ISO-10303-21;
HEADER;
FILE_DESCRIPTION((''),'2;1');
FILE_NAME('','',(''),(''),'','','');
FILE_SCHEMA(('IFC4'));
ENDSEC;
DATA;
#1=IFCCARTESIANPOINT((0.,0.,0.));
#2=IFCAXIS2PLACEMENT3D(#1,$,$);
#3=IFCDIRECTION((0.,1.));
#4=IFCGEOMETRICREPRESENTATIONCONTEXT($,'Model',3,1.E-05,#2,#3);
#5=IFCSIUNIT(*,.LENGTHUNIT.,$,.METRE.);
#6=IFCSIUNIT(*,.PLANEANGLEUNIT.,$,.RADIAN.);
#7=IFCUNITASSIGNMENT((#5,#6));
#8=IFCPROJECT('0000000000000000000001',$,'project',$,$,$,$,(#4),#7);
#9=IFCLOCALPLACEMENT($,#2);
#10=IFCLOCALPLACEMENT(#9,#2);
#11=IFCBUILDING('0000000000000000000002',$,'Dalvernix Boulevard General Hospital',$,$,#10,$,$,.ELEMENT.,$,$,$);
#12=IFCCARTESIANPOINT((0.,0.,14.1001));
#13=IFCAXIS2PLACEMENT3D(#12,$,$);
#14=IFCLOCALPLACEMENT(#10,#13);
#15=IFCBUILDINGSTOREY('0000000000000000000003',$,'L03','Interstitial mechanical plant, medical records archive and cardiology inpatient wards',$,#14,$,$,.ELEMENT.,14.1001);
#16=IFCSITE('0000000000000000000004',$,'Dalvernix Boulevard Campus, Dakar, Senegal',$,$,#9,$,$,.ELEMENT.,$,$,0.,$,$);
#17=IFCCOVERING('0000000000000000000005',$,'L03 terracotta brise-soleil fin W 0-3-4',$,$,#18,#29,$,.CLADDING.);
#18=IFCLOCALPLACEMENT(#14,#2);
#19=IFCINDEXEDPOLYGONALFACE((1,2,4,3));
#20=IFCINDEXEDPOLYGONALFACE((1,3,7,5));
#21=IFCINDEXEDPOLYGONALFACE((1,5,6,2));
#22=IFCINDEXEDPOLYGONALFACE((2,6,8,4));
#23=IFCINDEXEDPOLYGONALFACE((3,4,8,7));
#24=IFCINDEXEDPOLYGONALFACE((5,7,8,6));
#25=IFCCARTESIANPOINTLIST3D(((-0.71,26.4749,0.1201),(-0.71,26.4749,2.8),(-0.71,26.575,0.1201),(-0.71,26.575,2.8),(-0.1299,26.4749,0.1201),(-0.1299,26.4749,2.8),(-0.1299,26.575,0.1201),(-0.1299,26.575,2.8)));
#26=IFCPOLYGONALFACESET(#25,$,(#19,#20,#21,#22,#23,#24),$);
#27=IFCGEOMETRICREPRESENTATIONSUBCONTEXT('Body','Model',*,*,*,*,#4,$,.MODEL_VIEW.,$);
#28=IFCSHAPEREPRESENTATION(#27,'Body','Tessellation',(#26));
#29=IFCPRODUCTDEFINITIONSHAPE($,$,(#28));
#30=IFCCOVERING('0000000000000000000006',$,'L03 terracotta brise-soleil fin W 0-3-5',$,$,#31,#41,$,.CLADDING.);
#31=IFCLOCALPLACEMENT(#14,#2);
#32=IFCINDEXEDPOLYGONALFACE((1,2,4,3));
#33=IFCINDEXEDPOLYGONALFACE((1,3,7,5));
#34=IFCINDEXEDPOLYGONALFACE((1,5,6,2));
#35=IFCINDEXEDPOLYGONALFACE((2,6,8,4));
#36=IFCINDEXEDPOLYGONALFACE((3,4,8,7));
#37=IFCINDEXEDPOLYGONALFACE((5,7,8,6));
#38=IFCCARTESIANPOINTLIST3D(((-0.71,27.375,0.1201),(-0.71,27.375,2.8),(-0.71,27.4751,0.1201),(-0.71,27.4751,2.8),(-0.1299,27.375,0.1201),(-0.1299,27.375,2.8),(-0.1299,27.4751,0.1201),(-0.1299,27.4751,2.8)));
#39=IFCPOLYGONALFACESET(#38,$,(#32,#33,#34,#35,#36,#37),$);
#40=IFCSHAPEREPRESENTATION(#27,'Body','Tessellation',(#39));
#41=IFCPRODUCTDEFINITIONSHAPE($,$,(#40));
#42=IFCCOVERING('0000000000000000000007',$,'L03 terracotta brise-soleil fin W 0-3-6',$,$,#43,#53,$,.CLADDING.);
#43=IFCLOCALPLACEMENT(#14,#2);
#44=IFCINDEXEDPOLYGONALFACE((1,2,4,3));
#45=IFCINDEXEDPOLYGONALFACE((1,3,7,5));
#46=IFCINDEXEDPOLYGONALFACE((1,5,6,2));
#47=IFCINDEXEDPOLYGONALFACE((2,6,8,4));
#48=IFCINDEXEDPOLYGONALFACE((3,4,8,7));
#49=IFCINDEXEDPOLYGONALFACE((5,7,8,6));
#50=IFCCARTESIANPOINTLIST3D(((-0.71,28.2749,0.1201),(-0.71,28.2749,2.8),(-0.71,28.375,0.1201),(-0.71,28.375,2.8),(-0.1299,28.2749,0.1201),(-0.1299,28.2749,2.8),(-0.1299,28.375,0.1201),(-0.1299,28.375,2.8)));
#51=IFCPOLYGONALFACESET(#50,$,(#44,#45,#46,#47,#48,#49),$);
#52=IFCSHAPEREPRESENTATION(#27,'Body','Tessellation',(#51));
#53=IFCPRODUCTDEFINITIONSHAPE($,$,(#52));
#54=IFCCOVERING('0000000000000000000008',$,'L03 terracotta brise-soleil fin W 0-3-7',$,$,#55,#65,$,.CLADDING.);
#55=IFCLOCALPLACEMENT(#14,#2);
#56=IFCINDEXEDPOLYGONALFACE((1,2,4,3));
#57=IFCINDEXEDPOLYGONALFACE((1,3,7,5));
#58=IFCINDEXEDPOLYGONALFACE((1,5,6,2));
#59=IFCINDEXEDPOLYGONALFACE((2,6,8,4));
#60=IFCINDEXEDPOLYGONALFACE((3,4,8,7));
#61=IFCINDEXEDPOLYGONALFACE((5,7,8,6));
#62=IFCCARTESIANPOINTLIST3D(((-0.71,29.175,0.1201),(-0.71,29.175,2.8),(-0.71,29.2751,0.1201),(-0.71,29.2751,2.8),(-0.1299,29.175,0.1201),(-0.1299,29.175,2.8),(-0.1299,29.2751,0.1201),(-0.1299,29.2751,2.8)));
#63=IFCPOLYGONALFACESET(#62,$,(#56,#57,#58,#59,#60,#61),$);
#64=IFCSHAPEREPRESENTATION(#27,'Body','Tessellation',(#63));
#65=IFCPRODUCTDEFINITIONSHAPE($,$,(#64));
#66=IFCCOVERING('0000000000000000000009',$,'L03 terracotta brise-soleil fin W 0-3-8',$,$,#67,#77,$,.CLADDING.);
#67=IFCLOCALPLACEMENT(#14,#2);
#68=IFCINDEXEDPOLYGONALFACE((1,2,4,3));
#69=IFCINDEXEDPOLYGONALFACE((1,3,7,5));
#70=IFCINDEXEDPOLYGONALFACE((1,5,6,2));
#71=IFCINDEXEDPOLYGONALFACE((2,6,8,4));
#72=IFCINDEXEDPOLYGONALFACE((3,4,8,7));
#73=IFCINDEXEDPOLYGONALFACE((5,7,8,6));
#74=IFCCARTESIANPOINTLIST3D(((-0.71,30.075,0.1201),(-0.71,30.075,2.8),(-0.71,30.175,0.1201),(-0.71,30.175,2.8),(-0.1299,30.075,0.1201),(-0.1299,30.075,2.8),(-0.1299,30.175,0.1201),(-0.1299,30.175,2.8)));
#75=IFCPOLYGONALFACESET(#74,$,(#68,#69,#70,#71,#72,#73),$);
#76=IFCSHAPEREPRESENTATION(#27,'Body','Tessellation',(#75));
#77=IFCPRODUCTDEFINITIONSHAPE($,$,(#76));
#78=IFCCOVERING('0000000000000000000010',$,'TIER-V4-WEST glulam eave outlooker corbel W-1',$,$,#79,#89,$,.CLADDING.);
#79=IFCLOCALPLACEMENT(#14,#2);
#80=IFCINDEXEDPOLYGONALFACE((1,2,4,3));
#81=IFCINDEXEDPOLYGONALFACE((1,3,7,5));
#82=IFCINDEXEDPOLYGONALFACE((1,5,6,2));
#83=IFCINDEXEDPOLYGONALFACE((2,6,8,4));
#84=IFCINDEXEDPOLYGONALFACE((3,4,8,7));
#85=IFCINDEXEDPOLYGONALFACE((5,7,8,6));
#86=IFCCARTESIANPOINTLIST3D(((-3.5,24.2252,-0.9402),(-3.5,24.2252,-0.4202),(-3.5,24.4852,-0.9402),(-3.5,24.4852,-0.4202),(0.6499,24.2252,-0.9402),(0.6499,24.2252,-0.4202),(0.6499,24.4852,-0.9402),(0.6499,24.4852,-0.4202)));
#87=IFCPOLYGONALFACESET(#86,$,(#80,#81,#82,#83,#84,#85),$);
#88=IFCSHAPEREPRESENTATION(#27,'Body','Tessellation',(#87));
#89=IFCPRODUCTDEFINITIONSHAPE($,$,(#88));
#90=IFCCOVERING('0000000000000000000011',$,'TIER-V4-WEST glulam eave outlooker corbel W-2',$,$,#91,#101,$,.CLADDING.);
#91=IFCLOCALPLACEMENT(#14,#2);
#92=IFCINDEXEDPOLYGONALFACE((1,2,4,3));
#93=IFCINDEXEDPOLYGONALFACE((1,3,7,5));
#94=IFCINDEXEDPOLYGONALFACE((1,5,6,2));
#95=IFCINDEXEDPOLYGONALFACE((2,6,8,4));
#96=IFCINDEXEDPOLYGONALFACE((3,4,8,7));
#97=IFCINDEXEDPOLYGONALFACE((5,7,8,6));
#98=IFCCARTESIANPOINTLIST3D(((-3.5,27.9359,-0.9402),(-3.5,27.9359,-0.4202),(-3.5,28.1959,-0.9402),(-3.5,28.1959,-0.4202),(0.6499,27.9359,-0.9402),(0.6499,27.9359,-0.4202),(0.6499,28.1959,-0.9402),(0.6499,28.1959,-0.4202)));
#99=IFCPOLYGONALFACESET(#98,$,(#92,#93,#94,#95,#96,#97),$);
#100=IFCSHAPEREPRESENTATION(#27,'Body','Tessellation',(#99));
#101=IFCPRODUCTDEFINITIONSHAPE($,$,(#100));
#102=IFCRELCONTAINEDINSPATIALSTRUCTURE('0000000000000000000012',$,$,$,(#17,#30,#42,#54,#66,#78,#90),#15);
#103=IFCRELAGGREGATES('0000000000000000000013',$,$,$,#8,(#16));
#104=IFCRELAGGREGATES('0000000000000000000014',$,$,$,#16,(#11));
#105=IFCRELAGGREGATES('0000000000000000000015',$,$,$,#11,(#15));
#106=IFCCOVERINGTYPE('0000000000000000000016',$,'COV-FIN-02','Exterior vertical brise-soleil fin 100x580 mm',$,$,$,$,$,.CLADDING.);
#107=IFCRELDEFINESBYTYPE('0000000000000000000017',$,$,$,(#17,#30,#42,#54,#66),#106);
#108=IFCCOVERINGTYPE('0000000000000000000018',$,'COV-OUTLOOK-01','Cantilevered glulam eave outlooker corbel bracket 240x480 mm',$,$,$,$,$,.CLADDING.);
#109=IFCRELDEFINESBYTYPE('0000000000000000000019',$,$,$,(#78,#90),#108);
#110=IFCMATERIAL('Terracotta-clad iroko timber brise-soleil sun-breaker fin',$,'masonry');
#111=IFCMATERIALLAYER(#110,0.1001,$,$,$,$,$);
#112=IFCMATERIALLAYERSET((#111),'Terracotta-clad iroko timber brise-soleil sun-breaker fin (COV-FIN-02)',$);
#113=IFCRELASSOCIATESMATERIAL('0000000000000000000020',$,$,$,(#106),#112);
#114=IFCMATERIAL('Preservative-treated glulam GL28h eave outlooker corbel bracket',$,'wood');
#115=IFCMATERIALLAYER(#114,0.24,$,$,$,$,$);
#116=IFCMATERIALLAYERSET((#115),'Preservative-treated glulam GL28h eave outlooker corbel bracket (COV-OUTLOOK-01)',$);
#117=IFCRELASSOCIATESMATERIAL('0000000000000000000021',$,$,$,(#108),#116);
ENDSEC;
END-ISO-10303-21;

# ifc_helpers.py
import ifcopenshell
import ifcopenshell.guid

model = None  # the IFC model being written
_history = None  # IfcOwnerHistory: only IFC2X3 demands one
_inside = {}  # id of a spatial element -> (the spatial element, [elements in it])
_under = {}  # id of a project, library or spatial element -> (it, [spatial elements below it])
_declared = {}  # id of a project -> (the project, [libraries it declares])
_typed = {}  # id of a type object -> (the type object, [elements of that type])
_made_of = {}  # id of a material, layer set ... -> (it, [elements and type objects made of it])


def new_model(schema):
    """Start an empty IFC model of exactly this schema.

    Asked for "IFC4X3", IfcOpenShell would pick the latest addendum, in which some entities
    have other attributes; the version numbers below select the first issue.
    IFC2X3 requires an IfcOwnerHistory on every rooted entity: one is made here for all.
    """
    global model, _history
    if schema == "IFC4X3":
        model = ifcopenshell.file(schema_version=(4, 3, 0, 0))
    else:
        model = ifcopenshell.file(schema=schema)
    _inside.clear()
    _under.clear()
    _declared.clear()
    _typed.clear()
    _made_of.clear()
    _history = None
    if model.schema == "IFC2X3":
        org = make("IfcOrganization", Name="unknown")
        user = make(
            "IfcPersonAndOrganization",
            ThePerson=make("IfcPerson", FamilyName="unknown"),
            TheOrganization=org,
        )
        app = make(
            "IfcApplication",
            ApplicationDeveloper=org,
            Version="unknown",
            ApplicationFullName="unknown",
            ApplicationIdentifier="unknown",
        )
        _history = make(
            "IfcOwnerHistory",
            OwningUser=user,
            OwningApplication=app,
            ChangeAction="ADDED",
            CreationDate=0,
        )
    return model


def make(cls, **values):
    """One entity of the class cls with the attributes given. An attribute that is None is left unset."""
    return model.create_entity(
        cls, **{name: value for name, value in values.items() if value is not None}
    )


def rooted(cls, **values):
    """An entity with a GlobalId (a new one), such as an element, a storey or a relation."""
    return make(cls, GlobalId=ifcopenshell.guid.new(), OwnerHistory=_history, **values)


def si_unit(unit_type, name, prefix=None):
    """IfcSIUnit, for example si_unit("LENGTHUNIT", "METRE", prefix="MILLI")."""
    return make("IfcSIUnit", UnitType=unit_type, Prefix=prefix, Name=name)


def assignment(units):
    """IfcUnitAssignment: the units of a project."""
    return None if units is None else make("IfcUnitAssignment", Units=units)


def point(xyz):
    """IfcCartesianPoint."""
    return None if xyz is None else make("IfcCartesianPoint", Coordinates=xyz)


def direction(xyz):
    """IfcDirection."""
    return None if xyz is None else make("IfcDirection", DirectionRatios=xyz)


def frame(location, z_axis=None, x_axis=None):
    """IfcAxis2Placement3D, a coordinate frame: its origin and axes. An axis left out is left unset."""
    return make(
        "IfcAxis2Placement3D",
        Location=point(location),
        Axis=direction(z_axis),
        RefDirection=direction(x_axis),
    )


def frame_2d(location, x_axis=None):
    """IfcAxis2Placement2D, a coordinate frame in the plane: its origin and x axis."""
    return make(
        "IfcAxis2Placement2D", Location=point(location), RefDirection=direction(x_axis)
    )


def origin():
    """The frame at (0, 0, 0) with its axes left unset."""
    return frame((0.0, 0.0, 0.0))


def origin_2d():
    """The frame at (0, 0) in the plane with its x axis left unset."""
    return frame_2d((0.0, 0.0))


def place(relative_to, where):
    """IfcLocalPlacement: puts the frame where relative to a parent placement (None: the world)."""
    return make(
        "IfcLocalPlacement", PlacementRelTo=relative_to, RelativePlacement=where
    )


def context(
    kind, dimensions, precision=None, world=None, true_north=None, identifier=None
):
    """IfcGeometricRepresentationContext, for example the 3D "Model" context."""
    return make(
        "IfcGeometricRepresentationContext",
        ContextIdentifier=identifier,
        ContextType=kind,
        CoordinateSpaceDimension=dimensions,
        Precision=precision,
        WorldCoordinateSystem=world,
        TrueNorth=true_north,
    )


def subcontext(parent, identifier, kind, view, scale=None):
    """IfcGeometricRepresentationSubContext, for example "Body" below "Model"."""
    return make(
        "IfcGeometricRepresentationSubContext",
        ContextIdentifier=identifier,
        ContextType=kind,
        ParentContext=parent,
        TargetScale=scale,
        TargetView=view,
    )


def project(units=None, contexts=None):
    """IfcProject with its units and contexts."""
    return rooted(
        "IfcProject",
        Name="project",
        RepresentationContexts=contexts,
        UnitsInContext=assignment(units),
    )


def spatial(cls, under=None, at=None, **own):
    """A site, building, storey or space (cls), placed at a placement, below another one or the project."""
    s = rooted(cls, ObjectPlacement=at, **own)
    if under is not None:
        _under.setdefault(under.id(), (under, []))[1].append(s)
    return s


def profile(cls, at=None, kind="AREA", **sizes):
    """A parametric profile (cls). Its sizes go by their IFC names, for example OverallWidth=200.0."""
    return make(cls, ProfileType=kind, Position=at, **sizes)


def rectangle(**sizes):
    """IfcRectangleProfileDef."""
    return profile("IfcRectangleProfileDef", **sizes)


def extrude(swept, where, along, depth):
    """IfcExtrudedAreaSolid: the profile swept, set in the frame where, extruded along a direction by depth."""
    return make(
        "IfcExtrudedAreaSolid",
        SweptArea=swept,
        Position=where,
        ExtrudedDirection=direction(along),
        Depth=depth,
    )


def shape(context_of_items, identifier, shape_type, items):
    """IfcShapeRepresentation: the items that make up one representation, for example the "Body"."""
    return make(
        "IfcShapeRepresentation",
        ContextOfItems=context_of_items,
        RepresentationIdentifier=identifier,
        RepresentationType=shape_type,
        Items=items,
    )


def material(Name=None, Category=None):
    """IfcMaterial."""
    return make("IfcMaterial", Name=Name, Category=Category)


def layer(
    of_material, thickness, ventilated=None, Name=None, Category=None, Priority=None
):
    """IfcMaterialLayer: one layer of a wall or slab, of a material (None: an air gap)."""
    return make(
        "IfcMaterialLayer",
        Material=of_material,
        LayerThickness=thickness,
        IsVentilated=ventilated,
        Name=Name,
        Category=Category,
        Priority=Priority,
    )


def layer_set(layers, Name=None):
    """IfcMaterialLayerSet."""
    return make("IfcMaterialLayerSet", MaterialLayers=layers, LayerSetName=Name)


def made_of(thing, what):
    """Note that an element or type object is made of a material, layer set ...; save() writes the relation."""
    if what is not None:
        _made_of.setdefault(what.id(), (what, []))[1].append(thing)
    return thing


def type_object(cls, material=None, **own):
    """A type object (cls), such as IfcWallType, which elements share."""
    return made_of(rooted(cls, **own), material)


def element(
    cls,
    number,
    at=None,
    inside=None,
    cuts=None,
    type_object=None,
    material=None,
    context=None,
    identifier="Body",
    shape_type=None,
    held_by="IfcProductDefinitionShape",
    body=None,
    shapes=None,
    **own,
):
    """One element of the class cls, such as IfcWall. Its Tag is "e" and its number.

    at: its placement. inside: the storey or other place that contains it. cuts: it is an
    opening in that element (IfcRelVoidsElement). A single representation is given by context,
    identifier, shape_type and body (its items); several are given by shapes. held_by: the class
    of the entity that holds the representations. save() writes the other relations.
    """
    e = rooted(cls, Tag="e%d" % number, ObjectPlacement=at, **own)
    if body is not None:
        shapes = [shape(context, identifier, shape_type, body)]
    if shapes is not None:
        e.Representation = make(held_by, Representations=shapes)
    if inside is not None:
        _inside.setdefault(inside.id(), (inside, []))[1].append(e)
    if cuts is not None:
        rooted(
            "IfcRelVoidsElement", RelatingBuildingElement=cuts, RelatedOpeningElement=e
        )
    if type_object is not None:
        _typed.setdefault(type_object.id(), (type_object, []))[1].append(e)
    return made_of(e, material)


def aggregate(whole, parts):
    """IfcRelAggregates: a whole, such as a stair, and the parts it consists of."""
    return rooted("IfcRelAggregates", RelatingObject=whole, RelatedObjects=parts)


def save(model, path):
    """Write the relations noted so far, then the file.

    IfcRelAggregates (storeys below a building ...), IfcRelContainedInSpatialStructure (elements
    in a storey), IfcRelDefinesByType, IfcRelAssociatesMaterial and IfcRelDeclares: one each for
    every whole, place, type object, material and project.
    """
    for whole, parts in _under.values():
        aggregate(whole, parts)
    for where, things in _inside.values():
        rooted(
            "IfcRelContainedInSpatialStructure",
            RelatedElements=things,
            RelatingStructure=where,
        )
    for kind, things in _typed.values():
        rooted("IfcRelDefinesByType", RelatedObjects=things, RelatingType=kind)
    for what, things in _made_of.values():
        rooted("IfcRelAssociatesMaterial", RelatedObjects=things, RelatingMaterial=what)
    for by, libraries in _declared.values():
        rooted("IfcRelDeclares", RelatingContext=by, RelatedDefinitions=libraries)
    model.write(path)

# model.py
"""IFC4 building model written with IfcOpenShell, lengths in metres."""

from ifc_helpers import new_model, si_unit, direction, frame, origin, origin_2d, place, context, subcontext, project, spatial, rectangle, extrude, material, layer, layer_set, type_object, element, save


model = new_model("IFC4")

# Units and contexts
model_context = context("Model", 3, precision=1e-05, world=origin(), true_north=direction((0.0, 1.0)))
body_context = subcontext(model_context, "Body", "Model", "MODEL_VIEW")
ifc_project = project(units=[si_unit("LENGTHUNIT", "METRE"), si_unit("PLANEANGLEUNIT", "RADIAN")], contexts=[model_context])

# Site, building, storey
site_placement = place(None, origin())
site = spatial("IfcSite", under=ifc_project, at=site_placement, Name="Dalvernix Boulevard Campus, Dakar, Senegal", CompositionType="ELEMENT", RefElevation=0.0)
building_placement = place(site_placement, origin())
building = spatial("IfcBuilding", under=site, at=building_placement, Name="Dalvernix Boulevard General Hospital", CompositionType="ELEMENT")
storey_placement = place(building_placement, frame((0.0, 0.0, 14.1001)))
storey = spatial("IfcBuildingStorey", under=building, at=storey_placement, Name="L03", Description="Interstitial mechanical plant, medical records archive and cardiology inpatient wards", CompositionType="ELEMENT", Elevation=14.1001)

# Coverings
ifc_material_1 = material(Name="Terracotta-clad iroko timber brise-soleil sun-breaker fin", Category="masonry")
ifc_layer_1 = layer(ifc_material_1, 0.1001)
ifc_layer_set_1 = layer_set([ifc_layer_1], Name="Terracotta-clad iroko timber brise-soleil sun-breaker fin (COV-FIN-02)")
covering_type_1 = type_object("IfcCoveringType", Name="COV-FIN-02", Description="Exterior vertical brise-soleil fin 100x580 mm", PredefinedType="CLADDING", material=ifc_layer_set_1)
for number, where, z_axis, x_axis, name in (
    (1, (-0.4199, 26.5249, 0.1201), (0.0, 0.0, 1.0), (0.0, 1.0, 0.0), "L03 terracotta brise-soleil fin W 0-3-4"),
    (2, (-0.4199, 27.425, 0.1201), (0.0, 0.0, 1.0), (0.0, 1.0, 0.0), "L03 terracotta brise-soleil fin W 0-3-5"),
    (3, (-0.4199, 28.325, 0.1201), (0.0, 0.0, 1.0), (0.0, 1.0, 0.0), "L03 terracotta brise-soleil fin W 0-3-6"),
    (4, (-0.4199, 29.2251, 0.1201), (0.0, 0.0, 1.0), (0.0, 1.0, 0.0), "L03 terracotta brise-soleil fin W 0-3-7"),
    (5, (-0.4199, 30.125, 0.1201), (0.0, 0.0, 1.0), (0.0, 1.0, 0.0), "L03 terracotta brise-soleil fin W 0-3-8"),
):
    element("IfcCovering", number, at=place(storey_placement, frame(where, z_axis=z_axis, x_axis=x_axis)), inside=storey, type_object=covering_type_1, Name=name, PredefinedType="CLADDING", context=body_context, shape_type="SweptSolid", body=[
        extrude(rectangle(XDim=0.1001, YDim=0.5801, at=origin_2d()), origin(), (0.0, 0.0, 1.0), 2.6799),
    ])
ifc_material_2 = material(Name="Preservative-treated glulam GL28h eave outlooker corbel bracket", Category="wood")
ifc_layer_2 = layer(ifc_material_2, 0.24)
ifc_layer_set_2 = layer_set([ifc_layer_2], Name="Preservative-treated glulam GL28h eave outlooker corbel bracket (COV-OUTLOOK-01)")
covering_type_2 = type_object("IfcCoveringType", Name="COV-OUTLOOK-01", Description="Cantilevered glulam eave outlooker corbel bracket 240x480 mm", PredefinedType="CLADDING", material=ifc_layer_set_2)
for number, where, z_axis, x_axis, name in (
    (6, (-1.425, 24.3552, -0.9402), (0.0, 0.0, 1.0), (1.0, 0.0, 0.0), "TIER-V4-WEST glulam eave outlooker corbel W-1"),
    (7, (-1.425, 28.0659, -0.9402), (0.0, 0.0, 1.0), (1.0, 0.0, 0.0), "TIER-V4-WEST glulam eave outlooker corbel W-2"),
):
    element("IfcCovering", number, at=place(storey_placement, frame(where, z_axis=z_axis, x_axis=x_axis)), inside=storey, type_object=covering_type_2, Name=name, PredefinedType="CLADDING", context=body_context, shape_type="SweptSolid", body=[
        extrude(rectangle(XDim=4.1499, YDim=0.26, at=origin_2d()), origin(), (0.0, 0.0, 1.0), 0.52),
    ])

save(model, "model.ifc")
